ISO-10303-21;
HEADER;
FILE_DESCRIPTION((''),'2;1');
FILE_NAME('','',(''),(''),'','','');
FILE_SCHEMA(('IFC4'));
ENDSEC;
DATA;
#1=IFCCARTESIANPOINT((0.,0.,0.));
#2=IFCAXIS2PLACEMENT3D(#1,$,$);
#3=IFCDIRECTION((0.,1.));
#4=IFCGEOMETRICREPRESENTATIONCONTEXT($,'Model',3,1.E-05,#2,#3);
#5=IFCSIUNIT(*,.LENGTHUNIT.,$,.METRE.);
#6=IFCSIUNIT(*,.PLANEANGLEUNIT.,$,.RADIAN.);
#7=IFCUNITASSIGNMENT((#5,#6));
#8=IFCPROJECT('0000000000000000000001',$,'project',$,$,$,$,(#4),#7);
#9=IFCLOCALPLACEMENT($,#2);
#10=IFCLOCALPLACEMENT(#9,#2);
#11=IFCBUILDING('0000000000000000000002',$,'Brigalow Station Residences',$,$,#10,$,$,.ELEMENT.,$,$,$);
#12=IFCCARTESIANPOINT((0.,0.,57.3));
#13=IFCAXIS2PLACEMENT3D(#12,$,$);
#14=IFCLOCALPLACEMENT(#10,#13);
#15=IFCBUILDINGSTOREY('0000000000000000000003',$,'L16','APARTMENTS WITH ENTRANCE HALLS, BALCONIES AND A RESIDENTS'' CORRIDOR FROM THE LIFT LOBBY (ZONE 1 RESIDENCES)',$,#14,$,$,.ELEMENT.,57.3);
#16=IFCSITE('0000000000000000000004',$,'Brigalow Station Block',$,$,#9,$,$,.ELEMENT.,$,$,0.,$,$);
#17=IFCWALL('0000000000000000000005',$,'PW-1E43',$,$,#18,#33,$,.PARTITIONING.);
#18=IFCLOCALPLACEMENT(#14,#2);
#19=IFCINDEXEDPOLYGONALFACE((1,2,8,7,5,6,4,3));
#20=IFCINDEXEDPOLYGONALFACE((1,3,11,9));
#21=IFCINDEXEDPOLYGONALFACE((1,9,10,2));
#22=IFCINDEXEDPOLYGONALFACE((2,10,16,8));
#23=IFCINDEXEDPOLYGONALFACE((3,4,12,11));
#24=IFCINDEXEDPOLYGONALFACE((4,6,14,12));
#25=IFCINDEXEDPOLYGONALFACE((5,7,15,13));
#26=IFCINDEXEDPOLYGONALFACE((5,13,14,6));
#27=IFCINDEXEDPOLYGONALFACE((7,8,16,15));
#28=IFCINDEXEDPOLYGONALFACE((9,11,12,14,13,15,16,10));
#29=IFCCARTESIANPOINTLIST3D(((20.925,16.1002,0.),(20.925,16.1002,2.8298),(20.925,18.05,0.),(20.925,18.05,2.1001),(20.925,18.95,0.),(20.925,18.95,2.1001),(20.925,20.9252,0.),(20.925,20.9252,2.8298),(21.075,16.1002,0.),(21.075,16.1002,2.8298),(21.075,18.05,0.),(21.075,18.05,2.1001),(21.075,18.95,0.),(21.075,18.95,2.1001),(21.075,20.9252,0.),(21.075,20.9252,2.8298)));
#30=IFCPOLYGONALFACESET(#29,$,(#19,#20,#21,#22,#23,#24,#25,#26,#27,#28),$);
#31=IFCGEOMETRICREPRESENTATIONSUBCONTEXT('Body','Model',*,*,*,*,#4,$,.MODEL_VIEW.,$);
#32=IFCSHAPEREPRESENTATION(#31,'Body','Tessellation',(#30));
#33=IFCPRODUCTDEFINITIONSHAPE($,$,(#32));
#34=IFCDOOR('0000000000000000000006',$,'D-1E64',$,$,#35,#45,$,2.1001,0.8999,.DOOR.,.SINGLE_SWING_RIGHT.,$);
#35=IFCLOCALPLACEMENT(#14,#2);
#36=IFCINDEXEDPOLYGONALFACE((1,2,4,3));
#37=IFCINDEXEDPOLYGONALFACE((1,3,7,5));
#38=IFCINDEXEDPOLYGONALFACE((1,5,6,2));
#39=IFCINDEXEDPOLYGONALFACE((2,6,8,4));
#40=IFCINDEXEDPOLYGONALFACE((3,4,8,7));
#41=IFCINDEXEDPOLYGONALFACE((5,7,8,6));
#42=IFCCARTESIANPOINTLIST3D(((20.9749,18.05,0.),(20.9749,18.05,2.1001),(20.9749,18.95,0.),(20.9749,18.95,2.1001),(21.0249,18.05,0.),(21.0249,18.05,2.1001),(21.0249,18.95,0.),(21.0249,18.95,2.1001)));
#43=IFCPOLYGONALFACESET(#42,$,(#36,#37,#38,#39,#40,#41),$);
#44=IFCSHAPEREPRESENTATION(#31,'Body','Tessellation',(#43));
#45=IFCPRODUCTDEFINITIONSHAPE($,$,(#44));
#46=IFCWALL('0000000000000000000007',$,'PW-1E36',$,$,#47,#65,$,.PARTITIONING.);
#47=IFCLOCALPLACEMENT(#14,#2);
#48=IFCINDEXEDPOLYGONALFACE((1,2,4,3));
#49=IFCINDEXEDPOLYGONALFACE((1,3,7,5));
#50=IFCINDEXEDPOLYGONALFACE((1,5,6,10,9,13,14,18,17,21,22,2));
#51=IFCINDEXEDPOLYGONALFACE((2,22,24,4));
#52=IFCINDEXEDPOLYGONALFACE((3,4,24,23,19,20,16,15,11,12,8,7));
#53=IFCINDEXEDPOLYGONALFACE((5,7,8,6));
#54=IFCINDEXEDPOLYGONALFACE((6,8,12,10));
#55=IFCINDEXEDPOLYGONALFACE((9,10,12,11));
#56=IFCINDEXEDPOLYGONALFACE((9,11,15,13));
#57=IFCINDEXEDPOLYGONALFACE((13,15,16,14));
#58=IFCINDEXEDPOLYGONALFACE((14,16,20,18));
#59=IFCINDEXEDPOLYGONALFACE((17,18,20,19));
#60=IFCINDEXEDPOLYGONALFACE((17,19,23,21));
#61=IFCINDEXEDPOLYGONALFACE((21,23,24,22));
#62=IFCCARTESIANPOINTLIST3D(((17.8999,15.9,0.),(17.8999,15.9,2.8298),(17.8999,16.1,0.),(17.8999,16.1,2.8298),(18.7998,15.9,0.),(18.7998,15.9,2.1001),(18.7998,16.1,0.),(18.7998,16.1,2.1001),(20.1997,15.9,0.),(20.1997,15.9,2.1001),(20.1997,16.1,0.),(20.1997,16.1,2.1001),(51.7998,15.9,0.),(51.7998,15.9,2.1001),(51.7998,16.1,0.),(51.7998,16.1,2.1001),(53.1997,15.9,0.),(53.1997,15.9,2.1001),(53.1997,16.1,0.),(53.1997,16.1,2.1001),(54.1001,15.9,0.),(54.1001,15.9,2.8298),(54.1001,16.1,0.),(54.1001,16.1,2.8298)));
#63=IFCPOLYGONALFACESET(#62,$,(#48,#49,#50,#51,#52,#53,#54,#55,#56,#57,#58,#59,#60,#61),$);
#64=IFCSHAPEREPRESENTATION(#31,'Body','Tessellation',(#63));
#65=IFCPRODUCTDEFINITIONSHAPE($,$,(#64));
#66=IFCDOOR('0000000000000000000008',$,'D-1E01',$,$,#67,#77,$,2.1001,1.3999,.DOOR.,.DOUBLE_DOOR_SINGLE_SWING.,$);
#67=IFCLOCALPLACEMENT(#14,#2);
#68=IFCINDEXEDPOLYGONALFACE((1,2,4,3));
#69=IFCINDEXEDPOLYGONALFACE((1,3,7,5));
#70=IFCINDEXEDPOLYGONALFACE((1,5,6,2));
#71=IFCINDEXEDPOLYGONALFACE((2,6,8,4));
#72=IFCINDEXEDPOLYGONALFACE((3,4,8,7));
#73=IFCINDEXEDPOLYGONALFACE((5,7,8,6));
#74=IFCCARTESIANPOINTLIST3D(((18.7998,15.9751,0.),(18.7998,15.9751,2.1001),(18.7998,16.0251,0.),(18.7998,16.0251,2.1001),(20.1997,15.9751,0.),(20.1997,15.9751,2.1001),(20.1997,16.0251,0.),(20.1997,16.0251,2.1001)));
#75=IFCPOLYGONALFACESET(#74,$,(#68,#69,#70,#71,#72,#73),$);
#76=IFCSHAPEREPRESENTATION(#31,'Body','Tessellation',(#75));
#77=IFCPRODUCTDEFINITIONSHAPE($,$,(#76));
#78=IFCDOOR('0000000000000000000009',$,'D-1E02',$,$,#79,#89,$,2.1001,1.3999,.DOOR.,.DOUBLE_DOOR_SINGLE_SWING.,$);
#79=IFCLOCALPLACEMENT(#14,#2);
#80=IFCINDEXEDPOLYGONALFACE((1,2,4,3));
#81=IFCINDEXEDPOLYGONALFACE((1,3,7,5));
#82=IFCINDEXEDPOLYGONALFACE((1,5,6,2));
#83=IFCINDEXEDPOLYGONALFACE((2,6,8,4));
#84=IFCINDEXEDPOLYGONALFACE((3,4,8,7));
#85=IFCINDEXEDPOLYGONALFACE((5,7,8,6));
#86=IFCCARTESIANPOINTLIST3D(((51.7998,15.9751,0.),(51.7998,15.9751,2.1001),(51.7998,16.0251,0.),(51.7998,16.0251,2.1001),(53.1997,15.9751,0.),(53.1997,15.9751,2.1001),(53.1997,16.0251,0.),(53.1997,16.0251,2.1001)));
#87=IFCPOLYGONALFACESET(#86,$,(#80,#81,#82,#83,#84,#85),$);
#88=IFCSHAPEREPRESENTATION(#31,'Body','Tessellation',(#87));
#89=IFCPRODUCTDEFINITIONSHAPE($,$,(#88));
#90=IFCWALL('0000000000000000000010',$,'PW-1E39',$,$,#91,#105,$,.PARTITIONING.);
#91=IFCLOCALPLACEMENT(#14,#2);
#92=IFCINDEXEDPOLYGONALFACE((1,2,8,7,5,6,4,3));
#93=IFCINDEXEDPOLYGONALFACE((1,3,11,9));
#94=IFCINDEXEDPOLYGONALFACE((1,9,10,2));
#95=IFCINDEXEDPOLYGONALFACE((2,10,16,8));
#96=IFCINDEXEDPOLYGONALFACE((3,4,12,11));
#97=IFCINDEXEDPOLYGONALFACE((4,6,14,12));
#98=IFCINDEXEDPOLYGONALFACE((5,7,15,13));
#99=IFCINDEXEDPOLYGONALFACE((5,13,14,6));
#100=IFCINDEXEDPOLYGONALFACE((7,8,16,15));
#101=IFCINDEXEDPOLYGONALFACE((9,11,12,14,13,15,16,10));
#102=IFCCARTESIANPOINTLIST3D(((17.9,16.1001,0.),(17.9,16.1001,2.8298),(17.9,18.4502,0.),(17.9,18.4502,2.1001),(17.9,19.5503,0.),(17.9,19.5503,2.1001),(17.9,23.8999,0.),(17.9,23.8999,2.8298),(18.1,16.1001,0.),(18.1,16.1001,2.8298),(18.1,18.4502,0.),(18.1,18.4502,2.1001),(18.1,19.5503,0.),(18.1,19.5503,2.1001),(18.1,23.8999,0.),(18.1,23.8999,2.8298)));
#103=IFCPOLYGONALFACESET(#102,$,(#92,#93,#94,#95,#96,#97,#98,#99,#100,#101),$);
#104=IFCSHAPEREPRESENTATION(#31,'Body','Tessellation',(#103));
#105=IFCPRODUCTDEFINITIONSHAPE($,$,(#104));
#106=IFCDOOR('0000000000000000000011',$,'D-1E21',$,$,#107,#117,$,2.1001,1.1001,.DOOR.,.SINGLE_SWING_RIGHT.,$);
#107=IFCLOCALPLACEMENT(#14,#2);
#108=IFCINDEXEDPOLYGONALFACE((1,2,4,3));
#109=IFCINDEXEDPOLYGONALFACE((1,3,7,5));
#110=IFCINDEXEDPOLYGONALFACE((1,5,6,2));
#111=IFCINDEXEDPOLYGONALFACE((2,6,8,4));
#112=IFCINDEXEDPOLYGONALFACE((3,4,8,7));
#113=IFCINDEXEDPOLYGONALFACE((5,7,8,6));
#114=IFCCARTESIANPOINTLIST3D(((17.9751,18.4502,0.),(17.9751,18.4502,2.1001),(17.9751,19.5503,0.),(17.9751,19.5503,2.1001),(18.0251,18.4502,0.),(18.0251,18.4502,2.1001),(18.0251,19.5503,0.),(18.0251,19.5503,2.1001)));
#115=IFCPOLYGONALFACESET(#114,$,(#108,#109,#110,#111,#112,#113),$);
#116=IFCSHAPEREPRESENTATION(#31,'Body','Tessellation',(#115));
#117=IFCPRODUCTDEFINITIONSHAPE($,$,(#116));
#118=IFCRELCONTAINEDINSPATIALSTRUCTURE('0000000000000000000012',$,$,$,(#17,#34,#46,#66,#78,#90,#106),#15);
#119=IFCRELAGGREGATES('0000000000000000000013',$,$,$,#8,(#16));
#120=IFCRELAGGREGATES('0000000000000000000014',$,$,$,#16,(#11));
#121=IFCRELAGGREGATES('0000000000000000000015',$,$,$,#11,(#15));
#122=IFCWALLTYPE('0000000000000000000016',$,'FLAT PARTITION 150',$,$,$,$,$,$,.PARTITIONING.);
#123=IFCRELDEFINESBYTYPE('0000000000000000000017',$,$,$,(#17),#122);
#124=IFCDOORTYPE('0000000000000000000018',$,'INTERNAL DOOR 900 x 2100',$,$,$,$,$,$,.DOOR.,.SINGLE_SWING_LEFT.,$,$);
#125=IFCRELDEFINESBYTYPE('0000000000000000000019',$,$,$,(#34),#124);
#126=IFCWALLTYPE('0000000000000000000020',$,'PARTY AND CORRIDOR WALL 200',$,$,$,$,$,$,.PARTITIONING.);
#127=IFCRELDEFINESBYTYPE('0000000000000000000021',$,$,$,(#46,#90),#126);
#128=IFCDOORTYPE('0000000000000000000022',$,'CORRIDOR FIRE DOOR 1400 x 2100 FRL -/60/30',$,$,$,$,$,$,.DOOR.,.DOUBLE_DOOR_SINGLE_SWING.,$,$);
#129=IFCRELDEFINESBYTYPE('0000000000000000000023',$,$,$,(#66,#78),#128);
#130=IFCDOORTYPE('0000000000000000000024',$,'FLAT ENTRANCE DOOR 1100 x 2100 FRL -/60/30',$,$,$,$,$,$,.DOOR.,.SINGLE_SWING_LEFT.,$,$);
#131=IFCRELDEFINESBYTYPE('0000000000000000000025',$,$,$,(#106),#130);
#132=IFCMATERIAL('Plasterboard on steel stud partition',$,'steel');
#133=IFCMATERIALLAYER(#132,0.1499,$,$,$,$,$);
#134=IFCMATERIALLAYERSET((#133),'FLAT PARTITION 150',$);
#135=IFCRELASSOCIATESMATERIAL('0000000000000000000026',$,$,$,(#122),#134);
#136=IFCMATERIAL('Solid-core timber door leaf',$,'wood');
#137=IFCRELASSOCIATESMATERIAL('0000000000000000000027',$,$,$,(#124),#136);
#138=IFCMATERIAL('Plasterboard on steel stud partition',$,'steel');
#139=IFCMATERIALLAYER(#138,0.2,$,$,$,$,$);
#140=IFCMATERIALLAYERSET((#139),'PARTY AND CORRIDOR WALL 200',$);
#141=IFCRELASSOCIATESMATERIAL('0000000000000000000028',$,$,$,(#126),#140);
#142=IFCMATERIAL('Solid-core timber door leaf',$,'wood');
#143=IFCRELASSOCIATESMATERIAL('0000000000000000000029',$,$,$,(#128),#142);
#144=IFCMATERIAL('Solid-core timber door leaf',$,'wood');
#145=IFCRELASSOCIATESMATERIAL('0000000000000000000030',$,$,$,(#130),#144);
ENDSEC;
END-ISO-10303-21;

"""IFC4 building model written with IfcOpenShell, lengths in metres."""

from ifc_helpers import new_model, si_unit, direction, frame, frame_2d, origin, place, context, subcontext, project, spatial, rectangle, extrude, material, layer, layer_set, type_object, element, fill, save


model = new_model("IFC4")

# Units and contexts
model_context = context("Model", 3, precision=1e-05, world=origin(), true_north=direction((0.0, 1.0)))
body_context = subcontext(model_context, "Body", "Model", "MODEL_VIEW")
ifc_project = project(units=[si_unit("LENGTHUNIT", "METRE"), si_unit("PLANEANGLEUNIT", "RADIAN")], contexts=[model_context])

# Site, building, storey
site_placement = place(None, origin())
site = spatial("IfcSite", under=ifc_project, at=site_placement, Name="Brigalow Station Block", CompositionType="ELEMENT", RefElevation=0.0)
building_placement = place(site_placement, origin())
building = spatial("IfcBuilding", under=site, at=building_placement, Name="Brigalow Station Residences", CompositionType="ELEMENT")
storey_placement = place(building_placement, frame((0.0, 0.0, 57.3)))
storey = spatial("IfcBuildingStorey", under=building, at=storey_placement, Name="L16", Description="APARTMENTS WITH ENTRANCE HALLS, BALCONIES AND A RESIDENTS' CORRIDOR FROM THE LIFT LOBBY (ZONE 1 RESIDENCES)", CompositionType="ELEMENT", Elevation=57.3)

# Shared definitions
ifc_material_1 = material(Name="Plasterboard on steel stud partition", Category="steel")
ifc_layer_1 = layer(ifc_material_1, 0.1499)
ifc_layer_set_1 = layer_set([ifc_layer_1], Name="FLAT PARTITION 150")
wall_type_1 = type_object("IfcWallType", Name="FLAT PARTITION 150", PredefinedType="PARTITIONING", material=ifc_layer_set_1)
ifc_material_2 = material(Name="Solid-core timber door leaf", Category="wood")
door_type_1 = type_object("IfcDoorType", Name="INTERNAL DOOR 900 x 2100", OperationType="SINGLE_SWING_LEFT", PredefinedType="DOOR", material=ifc_material_2)

# Wall, opening, door
wall_1_placement = place(storey_placement, frame((21.0, 16.1001, 0.0), z_axis=(0.0, 0.0, 1.0), x_axis=(0.0, 1.0, 0.0)))
wall_1 = element("IfcWall", 1, at=wall_1_placement, inside=storey, type_object=wall_type_1, Name="PW-1E43", PredefinedType="PARTITIONING", context=body_context, shape_type="SweptSolid", body=[
    extrude(rectangle(XDim=4.825, YDim=0.1499, at=frame_2d((2.4126, 0.0))), origin(), (0.0, 0.0, 1.0), 2.8298),
])
opening_1_placement = place(wall_1_placement, frame((1.95, 0.0, 0.0)))
opening_1 = element("IfcOpeningElement", 2, at=opening_1_placement, cuts=wall_1, PredefinedType="OPENING", context=body_context, shape_type="SweptSolid", body=[
    extrude(rectangle(XDim=0.8999, YDim=2.1001, at=frame_2d((0.45, 1.05))), frame((0.0, 0.085, 0.0), z_axis=(0.0, -1.0, 0.0), x_axis=(1.0, 0.0, 0.0)), (0.0, 0.0, 1.0), 0.1699),
])
door_1_placement = place(opening_1_placement, frame((0.8999, 0.0, 0.0), z_axis=(0.0, 0.0, 1.0), x_axis=(-1.0, 0.0, 0.0)))
door_1 = element("IfcDoor", 3, at=door_1_placement, inside=storey, type_object=door_type_1, Name="D-1E64", OperationType="SINGLE_SWING_RIGHT", OverallHeight=2.1001, OverallWidth=0.8999, PredefinedType="DOOR", context=body_context, shape_type="SweptSolid", body=[
    extrude(rectangle(XDim=0.8999, YDim=2.1001, at=frame_2d((0.45, 1.05))), frame((0.0, 0.0249, 0.0), z_axis=(0.0, -1.0, 0.0), x_axis=(1.0, 0.0, 0.0)), (0.0, 0.0, 1.0), 0.05),
])
fill(opening_1, door_1)

# Wall, openings, doors
ifc_material_3 = material(Name="Plasterboard on steel stud partition", Category="steel")
ifc_layer_2 = layer(ifc_material_3, 0.2)
ifc_layer_set_2 = layer_set([ifc_layer_2], Name="PARTY AND CORRIDOR WALL 200")
wall_type_2 = type_object("IfcWallType", Name="PARTY AND CORRIDOR WALL 200", PredefinedType="PARTITIONING", material=ifc_layer_set_2)
wall_2_placement = place(storey_placement, frame((17.8999, 16.0, 0.0), z_axis=(0.0, 0.0, 1.0), x_axis=(1.0, 0.0, 0.0)))
wall_2 = element("IfcWall", 4, at=wall_2_placement, inside=storey, type_object=wall_type_2, Name="PW-1E36", PredefinedType="PARTITIONING", context=body_context, shape_type="SweptSolid", body=[
    extrude(rectangle(XDim=36.2002, YDim=0.2, at=frame_2d((18.1001, 0.0))), origin(), (0.0, 0.0, 1.0), 2.8298),
])
opening_2_placement = place(wall_2_placement, frame((0.8999, 0.0, 0.0)))
opening_2 = element("IfcOpeningElement", 5, at=opening_2_placement, cuts=wall_2, PredefinedType="OPENING", context=body_context, shape_type="SweptSolid", body=[
    extrude(rectangle(XDim=1.3999, YDim=2.1001, at=frame_2d((0.7, 1.05))), frame((0.0, 0.1099, 0.0), z_axis=(0.0, -1.0, 0.0), x_axis=(1.0, 0.0, 0.0)), (0.0, 0.0, 1.0), 0.22),
])
opening_3_placement = place(wall_2_placement, frame((33.8999, 0.0, 0.0)))
opening_3 = element("IfcOpeningElement", 6, at=opening_3_placement, cuts=wall_2, PredefinedType="OPENING", context=body_context, shape_type="SweptSolid", body=[
    extrude(rectangle(XDim=1.3999, YDim=2.1001, at=frame_2d((0.7, 1.05))), frame((0.0, 0.1099, 0.0), z_axis=(0.0, -1.0, 0.0), x_axis=(1.0, 0.0, 0.0)), (0.0, 0.0, 1.0), 0.22),
])
ifc_material_4 = material(Name="Solid-core timber door leaf", Category="wood")
door_type_2 = type_object("IfcDoorType", Name="CORRIDOR FIRE DOOR 1400 x 2100 FRL -/60/30", OperationType="DOUBLE_DOOR_SINGLE_SWING", PredefinedType="DOOR", material=ifc_material_4)
door_2_placement = place(opening_2_placement, frame((1.3999, 0.0, 0.0), z_axis=(0.0, 0.0, 1.0), x_axis=(-1.0, 0.0, 0.0)))
door_2 = element("IfcDoor", 7, at=door_2_placement, inside=storey, type_object=door_type_2, Name="D-1E01", OperationType="DOUBLE_DOOR_SINGLE_SWING", OverallHeight=2.1001, OverallWidth=1.3999, PredefinedType="DOOR", context=body_context, shape_type="SweptSolid", body=[
    extrude(rectangle(XDim=1.3999, YDim=2.1001, at=frame_2d((0.7, 1.05))), frame((0.0, 0.0249, 0.0), z_axis=(0.0, -1.0, 0.0), x_axis=(1.0, 0.0, 0.0)), (0.0, 0.0, 1.0), 0.05),
])
fill(opening_2, door_2)
door_3_placement = place(opening_3_placement, frame((1.3999, 0.0, 0.0), z_axis=(0.0, 0.0, 1.0), x_axis=(-1.0, 0.0, 0.0)))
door_3 = element("IfcDoor", 8, at=door_3_placement, inside=storey, type_object=door_type_2, Name="D-1E02", OperationType="DOUBLE_DOOR_SINGLE_SWING", OverallHeight=2.1001, OverallWidth=1.3999, PredefinedType="DOOR", context=body_context, shape_type="SweptSolid", body=[
    extrude(rectangle(XDim=1.3999, YDim=2.1001, at=frame_2d((0.7, 1.05))), frame((0.0, 0.0249, 0.0), z_axis=(0.0, -1.0, 0.0), x_axis=(1.0, 0.0, 0.0)), (0.0, 0.0, 1.0), 0.05),
])
fill(opening_3, door_3)

# Wall, opening, door
wall_3_placement = place(storey_placement, frame((18.0, 16.1001, 0.0), z_axis=(0.0, 0.0, 1.0), x_axis=(0.0, 1.0, 0.0)))
wall_3 = element("IfcWall", 9, at=wall_3_placement, inside=storey, type_object=wall_type_2, Name="PW-1E39", PredefinedType="PARTITIONING", context=body_context, shape_type="SweptSolid", body=[
    extrude(rectangle(XDim=7.7998, YDim=0.2, at=frame_2d((3.8999, 0.0))), origin(), (0.0, 0.0, 1.0), 2.8298),
])
opening_4_placement = place(wall_3_placement, frame((2.3501, 0.0, 0.0)))
opening_4 = element("IfcOpeningElement", 10, at=opening_4_placement, cuts=wall_3, PredefinedType="OPENING", context=body_context, shape_type="SweptSolid", body=[
    extrude(rectangle(XDim=1.1001, YDim=2.1001, at=frame_2d((0.55, 1.05))), frame((0.0, 0.1099, 0.0), z_axis=(0.0, -1.0, 0.0), x_axis=(1.0, 0.0, 0.0)), (0.0, 0.0, 1.0), 0.22),
])
ifc_material_5 = material(Name="Solid-core timber door leaf", Category="wood")
door_type_3 = type_object("IfcDoorType", Name="FLAT ENTRANCE DOOR 1100 x 2100 FRL -/60/30", OperationType="SINGLE_SWING_LEFT", PredefinedType="DOOR", material=ifc_material_5)
door_4_placement = place(opening_4_placement, origin())
door_4 = element("IfcDoor", 11, at=door_4_placement, inside=storey, type_object=door_type_3, Name="D-1E21", OperationType="SINGLE_SWING_RIGHT", OverallHeight=2.1001, OverallWidth=1.1001, PredefinedType="DOOR", context=body_context, shape_type="SweptSolid", body=[
    extrude(rectangle(XDim=1.1001, YDim=2.1001, at=frame_2d((0.55, 1.05))), frame((0.0, 0.0249, 0.0), z_axis=(0.0, -1.0, 0.0), x_axis=(1.0, 0.0, 0.0)), (0.0, 0.0, 1.0), 0.05),
])
fill(opening_4, door_4)

save(model, "model.ifc")
